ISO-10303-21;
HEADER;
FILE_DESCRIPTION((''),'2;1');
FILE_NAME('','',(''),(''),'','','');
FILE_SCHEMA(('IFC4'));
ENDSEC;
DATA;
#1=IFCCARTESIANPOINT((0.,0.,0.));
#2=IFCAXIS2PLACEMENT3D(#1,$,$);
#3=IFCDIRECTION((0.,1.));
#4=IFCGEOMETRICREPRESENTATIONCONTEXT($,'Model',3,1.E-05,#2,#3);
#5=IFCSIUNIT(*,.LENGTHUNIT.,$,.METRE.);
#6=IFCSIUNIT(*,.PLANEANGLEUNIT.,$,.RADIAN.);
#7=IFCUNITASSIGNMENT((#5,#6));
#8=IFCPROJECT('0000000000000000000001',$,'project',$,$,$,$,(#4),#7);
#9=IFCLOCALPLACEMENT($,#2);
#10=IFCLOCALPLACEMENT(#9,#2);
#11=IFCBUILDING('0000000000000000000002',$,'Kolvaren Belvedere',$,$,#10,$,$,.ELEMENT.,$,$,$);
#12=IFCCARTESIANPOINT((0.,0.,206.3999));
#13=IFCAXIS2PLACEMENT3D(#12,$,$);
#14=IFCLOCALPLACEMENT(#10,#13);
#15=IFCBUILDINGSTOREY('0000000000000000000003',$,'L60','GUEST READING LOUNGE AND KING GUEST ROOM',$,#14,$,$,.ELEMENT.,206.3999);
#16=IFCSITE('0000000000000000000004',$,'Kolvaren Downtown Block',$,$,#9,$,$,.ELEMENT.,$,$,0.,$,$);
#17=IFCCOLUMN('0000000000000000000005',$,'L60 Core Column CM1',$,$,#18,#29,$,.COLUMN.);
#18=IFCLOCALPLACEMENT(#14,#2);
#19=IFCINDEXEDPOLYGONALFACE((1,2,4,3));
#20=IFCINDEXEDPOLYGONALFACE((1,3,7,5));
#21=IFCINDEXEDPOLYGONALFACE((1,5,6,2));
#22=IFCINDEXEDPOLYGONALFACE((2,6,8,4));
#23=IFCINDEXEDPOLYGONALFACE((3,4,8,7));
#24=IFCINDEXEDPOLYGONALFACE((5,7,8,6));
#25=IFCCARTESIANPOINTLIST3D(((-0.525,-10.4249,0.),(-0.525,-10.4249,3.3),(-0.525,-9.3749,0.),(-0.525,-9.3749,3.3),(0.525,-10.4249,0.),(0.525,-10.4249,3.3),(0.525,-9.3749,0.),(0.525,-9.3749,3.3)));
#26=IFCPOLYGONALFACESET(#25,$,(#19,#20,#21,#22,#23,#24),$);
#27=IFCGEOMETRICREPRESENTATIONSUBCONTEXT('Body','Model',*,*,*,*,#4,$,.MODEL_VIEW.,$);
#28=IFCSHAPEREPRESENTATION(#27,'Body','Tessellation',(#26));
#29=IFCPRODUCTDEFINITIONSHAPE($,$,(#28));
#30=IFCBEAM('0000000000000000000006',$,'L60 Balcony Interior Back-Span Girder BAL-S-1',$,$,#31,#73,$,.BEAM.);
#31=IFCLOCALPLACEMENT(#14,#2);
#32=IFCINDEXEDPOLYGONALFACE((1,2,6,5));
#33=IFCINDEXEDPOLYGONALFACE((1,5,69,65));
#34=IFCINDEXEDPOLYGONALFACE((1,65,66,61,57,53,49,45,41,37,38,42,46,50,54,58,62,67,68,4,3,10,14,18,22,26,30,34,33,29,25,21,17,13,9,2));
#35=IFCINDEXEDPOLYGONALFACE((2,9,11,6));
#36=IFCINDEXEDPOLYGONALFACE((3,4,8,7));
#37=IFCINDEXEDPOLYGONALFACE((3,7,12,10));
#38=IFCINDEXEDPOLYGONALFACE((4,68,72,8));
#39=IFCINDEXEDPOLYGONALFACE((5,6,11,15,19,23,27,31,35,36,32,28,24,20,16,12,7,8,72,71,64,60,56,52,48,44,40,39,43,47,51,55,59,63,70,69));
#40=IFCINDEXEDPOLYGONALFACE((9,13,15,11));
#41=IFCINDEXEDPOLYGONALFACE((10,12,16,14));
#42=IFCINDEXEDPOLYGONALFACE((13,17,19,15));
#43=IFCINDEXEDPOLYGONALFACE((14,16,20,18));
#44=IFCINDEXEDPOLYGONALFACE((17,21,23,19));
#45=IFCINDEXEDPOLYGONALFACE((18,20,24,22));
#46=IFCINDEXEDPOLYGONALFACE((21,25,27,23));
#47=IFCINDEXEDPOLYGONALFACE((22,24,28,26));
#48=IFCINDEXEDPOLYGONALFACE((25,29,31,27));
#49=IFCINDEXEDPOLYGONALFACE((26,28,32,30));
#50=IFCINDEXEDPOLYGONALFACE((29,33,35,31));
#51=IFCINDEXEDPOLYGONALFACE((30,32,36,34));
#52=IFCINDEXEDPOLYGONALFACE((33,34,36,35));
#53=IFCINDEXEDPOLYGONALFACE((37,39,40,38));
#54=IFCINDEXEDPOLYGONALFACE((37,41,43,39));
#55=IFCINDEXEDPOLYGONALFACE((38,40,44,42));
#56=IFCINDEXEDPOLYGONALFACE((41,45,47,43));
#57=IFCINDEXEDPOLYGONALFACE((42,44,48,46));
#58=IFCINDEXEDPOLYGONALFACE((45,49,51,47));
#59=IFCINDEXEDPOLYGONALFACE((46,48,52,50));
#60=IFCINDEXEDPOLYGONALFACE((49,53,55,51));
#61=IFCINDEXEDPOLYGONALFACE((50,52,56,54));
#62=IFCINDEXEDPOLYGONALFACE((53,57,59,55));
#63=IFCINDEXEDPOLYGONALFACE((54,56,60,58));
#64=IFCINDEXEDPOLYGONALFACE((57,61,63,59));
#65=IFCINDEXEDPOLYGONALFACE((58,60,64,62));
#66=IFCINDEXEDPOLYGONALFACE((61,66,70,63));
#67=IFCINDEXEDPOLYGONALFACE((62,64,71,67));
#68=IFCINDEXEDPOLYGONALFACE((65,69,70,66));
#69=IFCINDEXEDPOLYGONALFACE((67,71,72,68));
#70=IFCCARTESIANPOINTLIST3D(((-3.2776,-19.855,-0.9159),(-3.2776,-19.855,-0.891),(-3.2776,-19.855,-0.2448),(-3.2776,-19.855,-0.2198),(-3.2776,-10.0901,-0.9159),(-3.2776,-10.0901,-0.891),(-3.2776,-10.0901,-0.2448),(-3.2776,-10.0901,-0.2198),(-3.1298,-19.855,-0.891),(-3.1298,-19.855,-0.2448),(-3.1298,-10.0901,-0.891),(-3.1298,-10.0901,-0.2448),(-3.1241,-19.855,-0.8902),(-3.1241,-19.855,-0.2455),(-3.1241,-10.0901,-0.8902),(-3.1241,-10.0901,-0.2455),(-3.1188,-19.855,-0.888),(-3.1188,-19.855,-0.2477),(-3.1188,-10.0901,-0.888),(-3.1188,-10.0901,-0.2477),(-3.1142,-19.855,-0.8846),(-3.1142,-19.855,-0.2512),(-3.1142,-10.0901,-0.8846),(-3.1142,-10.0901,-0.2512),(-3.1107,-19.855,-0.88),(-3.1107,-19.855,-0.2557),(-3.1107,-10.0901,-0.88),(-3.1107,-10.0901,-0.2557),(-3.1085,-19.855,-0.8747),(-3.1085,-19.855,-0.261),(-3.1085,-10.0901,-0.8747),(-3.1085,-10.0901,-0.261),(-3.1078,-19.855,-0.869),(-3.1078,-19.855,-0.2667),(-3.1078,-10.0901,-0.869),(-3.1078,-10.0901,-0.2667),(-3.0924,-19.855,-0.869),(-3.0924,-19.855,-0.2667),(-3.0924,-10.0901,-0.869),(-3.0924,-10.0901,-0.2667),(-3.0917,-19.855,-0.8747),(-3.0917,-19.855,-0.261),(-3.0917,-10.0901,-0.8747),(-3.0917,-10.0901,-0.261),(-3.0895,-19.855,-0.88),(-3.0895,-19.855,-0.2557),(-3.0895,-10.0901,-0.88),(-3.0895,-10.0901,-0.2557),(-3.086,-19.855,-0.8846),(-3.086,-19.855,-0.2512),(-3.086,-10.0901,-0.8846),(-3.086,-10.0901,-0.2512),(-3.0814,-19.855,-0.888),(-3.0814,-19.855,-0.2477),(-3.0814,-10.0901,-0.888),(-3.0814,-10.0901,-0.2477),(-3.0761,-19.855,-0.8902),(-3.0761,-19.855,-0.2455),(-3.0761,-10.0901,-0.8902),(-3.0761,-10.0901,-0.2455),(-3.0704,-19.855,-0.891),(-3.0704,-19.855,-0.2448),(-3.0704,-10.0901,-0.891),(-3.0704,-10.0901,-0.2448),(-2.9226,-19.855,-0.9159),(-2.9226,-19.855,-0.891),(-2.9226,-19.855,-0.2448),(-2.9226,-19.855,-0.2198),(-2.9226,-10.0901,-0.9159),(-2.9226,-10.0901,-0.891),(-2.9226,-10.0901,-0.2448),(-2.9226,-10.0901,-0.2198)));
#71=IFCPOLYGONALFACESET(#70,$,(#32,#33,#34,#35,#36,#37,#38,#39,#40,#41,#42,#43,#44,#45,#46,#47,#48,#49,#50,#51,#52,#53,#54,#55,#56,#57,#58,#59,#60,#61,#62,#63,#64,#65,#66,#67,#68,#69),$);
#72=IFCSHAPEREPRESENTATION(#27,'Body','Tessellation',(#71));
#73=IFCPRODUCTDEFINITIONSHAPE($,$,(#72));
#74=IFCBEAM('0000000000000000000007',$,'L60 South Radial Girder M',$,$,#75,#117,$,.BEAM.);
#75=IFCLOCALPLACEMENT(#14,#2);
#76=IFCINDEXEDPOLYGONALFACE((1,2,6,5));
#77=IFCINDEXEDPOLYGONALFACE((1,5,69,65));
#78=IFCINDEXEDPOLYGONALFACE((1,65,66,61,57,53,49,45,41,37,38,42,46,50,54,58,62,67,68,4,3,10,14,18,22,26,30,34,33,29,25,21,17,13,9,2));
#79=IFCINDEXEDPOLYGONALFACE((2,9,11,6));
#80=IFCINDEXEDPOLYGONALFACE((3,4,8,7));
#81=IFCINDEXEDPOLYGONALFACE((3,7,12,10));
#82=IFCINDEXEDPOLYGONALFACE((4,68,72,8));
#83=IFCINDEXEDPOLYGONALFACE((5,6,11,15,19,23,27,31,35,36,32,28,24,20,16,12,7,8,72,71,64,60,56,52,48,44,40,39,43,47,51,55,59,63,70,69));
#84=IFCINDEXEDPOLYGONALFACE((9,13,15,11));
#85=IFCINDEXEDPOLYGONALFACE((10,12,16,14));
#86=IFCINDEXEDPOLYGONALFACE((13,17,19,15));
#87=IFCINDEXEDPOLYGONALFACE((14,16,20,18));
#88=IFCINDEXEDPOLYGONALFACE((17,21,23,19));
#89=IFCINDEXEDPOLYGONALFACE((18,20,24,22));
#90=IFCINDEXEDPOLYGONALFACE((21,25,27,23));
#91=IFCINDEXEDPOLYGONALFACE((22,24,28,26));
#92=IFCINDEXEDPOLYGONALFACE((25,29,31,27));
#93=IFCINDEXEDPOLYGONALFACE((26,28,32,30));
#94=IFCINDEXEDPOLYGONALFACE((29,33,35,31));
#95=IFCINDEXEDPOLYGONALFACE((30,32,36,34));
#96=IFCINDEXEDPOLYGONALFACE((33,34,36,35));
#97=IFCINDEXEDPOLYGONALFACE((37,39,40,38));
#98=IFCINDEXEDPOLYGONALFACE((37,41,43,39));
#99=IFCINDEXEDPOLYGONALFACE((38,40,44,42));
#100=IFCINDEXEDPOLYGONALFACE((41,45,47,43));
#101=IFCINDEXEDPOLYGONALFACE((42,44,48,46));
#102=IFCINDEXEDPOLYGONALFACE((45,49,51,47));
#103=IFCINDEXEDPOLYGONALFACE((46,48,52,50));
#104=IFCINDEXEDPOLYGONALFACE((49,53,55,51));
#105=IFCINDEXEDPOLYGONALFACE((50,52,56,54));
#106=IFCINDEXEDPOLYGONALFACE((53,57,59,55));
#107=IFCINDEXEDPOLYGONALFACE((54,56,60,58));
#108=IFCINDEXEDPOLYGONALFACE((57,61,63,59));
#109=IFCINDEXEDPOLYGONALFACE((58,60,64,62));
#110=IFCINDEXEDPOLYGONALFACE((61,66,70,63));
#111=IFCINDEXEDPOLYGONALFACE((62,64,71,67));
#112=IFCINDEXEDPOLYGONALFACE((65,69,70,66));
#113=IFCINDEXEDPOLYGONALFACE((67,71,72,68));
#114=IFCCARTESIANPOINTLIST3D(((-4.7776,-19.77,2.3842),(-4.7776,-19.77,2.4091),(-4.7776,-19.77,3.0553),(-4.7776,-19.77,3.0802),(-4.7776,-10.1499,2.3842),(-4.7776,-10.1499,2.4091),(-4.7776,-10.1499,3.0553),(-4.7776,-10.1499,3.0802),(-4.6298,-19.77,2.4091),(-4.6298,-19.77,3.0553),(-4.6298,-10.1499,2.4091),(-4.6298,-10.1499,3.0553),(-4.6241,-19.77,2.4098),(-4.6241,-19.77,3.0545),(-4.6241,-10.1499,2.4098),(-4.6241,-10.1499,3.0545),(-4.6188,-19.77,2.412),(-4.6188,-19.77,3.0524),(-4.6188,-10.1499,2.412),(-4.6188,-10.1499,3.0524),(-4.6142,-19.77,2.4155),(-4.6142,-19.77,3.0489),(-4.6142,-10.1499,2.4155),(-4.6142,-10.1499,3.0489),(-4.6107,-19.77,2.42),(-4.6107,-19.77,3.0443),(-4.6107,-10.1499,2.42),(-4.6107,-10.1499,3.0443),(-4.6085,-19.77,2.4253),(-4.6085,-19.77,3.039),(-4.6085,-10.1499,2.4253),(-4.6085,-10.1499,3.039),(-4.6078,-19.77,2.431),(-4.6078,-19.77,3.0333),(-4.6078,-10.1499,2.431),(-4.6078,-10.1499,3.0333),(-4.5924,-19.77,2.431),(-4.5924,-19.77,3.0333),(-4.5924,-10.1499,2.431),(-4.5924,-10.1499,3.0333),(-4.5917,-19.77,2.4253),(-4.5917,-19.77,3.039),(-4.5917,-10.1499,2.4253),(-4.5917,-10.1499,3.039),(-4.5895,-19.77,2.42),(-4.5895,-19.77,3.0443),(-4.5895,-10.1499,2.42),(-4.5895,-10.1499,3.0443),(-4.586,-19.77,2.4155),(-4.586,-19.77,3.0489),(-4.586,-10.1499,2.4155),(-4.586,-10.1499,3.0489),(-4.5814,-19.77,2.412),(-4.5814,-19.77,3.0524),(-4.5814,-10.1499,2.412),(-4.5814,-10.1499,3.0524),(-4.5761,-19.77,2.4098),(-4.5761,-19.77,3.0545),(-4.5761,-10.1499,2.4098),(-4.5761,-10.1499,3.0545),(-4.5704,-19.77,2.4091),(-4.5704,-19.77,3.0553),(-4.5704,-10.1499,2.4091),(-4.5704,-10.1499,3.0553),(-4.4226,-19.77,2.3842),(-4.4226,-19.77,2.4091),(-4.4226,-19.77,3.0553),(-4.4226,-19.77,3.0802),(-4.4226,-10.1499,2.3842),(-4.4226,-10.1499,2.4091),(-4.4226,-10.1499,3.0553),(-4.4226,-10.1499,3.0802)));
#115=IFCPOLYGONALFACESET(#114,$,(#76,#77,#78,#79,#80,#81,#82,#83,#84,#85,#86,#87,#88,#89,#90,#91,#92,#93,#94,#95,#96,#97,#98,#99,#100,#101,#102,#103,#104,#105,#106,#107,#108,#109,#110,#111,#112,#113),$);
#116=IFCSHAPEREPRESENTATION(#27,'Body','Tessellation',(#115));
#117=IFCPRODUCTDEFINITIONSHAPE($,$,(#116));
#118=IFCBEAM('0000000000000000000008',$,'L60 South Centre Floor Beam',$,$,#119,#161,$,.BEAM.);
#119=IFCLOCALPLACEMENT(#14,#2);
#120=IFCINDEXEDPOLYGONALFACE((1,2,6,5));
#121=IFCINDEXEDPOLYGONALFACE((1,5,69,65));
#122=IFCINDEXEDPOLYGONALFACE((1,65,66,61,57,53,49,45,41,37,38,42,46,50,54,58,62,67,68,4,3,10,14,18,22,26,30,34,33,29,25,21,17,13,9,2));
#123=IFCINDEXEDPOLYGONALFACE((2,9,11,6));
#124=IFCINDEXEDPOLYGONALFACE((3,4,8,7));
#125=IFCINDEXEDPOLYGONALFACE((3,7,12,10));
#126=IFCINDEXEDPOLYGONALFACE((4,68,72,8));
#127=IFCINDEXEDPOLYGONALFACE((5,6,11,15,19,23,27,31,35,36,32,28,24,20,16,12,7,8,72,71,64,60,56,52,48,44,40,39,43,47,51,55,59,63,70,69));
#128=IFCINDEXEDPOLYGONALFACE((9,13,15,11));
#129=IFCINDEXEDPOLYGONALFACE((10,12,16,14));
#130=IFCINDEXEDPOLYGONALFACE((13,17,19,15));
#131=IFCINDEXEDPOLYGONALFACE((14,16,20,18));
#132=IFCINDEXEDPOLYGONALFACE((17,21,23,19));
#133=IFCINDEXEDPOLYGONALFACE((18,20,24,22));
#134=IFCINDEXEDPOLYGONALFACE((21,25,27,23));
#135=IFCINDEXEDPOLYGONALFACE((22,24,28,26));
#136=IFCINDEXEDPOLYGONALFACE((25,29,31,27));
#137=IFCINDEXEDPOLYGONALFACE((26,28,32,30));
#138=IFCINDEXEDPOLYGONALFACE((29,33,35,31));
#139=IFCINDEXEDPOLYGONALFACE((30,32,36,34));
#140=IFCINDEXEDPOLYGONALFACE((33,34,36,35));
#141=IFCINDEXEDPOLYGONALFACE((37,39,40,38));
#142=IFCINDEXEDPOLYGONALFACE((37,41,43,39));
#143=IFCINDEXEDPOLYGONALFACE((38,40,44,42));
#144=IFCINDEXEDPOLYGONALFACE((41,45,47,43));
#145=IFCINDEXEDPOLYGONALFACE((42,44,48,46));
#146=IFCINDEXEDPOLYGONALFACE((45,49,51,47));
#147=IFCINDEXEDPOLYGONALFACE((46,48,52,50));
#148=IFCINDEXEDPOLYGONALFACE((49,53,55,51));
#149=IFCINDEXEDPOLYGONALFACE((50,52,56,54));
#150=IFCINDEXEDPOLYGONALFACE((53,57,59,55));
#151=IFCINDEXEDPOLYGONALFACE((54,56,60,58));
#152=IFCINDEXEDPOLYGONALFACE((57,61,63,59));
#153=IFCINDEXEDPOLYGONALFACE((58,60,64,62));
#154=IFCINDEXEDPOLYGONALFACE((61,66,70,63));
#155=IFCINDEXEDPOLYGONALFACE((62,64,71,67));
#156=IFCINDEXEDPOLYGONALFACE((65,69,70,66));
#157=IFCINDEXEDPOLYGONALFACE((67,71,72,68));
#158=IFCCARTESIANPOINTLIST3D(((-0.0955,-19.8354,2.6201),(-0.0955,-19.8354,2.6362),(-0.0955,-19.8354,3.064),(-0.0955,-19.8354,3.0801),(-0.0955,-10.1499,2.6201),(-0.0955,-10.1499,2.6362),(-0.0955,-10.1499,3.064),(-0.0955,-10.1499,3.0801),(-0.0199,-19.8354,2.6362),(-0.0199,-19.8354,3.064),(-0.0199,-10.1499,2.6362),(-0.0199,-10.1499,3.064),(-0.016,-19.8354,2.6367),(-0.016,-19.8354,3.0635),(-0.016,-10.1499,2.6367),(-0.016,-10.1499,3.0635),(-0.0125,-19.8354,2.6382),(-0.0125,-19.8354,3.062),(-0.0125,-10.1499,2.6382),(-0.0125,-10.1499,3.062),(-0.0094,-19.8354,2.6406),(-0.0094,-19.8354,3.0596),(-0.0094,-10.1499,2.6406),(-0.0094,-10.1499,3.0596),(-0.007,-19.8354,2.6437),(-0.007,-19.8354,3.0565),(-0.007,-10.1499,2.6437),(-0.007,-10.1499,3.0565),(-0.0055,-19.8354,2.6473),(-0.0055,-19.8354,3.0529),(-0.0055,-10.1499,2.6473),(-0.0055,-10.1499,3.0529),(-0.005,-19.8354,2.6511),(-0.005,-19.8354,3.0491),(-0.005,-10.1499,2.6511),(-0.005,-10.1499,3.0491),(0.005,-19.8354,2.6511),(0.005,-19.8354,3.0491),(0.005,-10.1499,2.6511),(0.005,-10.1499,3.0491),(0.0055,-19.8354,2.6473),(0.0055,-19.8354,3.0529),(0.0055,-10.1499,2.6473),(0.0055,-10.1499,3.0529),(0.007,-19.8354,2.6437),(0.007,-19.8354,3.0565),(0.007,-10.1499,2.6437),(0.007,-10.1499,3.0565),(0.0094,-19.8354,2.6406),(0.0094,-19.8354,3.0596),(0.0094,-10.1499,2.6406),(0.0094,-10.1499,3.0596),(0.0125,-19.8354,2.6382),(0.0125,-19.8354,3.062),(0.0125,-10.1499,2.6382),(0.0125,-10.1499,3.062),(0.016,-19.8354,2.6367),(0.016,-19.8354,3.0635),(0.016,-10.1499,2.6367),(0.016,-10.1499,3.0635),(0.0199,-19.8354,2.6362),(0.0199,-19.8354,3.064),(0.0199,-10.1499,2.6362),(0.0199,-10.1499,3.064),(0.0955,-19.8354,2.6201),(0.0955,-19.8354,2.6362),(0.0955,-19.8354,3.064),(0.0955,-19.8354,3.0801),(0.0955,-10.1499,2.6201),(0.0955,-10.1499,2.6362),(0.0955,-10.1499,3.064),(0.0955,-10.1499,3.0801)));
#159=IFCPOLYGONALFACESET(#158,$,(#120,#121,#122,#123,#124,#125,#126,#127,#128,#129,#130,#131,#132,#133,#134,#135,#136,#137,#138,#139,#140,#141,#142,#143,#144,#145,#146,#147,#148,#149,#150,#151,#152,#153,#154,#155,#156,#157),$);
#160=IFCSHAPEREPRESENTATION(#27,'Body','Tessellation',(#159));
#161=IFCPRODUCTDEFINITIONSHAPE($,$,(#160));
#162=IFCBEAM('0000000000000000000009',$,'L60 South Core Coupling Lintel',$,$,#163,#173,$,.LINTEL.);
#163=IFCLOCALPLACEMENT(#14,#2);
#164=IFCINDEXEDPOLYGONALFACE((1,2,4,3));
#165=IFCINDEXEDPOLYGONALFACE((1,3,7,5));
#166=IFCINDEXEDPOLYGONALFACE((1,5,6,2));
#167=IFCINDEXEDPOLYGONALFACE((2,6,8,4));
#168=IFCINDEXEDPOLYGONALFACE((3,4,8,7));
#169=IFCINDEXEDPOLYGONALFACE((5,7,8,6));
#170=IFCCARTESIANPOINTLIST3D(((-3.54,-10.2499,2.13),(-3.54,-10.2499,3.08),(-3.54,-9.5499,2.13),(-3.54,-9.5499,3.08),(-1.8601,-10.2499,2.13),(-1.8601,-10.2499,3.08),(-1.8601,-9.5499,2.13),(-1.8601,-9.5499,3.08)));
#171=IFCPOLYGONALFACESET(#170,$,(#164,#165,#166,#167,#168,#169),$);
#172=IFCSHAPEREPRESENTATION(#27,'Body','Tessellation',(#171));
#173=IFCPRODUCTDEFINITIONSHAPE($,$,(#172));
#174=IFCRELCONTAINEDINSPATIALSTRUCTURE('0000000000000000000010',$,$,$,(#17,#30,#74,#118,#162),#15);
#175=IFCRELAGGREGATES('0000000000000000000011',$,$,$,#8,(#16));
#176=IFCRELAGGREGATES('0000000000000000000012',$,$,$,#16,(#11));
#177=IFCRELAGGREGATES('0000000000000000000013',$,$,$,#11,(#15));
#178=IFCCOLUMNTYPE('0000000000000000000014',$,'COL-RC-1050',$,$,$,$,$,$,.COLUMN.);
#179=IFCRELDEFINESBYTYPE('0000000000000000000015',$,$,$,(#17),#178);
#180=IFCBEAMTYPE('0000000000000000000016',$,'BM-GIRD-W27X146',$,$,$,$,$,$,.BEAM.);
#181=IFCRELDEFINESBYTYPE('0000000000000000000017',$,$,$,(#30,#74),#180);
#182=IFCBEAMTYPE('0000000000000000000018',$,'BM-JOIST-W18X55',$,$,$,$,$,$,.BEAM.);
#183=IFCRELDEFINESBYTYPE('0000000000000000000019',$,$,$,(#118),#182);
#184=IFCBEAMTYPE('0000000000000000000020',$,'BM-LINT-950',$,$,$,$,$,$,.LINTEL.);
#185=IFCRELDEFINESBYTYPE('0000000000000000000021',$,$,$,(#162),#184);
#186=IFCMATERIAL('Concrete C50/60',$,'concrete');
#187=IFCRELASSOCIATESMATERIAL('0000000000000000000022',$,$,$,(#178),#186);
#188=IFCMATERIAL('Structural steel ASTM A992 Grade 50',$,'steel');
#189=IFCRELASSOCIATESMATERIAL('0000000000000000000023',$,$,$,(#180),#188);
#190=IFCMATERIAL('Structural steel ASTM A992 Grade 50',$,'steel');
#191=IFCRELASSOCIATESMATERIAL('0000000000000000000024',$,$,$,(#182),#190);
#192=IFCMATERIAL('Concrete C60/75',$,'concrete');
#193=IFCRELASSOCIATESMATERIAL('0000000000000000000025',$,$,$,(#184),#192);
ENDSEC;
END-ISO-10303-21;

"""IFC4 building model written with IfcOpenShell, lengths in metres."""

from ifc_helpers import new_model, si_unit, direction, frame, origin, origin_2d, place, context, subcontext, project, spatial, rectangle, i_section, extrude, material, material_profile, profile_set, type_object, element, save


model = new_model("IFC4")

# Units and contexts
model_context = context("Model", 3, precision=1e-05, world=origin(), true_north=direction((0.0, 1.0)))
body_context = subcontext(model_context, "Body", "Model", "MODEL_VIEW")
ifc_project = project(units=[si_unit("LENGTHUNIT", "METRE"), si_unit("PLANEANGLEUNIT", "RADIAN")], contexts=[model_context])

# Site, building, storey
site_placement = place(None, origin())
site = spatial("IfcSite", under=ifc_project, at=site_placement, Name="Kolvaren Downtown Block", CompositionType="ELEMENT", RefElevation=0.0)
building_placement = place(site_placement, origin())
building = spatial("IfcBuilding", under=site, at=building_placement, Name="Kolvaren Belvedere", CompositionType="ELEMENT")
storey_placement = place(building_placement, frame((0.0, 0.0, 206.3999)))
storey = spatial("IfcBuildingStorey", under=building, at=storey_placement, Name="L60", Description="GUEST READING LOUNGE AND KING GUEST ROOM", CompositionType="ELEMENT", Elevation=206.3999)

# Column
ifc_material_1 = material(Name="Concrete C50/60", Category="concrete")
ifc_material_profile_1 = material_profile(ifc_material_1, rectangle(XDim=1.05, YDim=1.05, at=origin_2d()), Name="RC 1050X1050")
ifc_profile_set_1 = profile_set([ifc_material_profile_1], Name="Concrete C50/60")
column_type = type_object("IfcColumnType", Name="COL-RC-1050", PredefinedType="COLUMN", material=ifc_profile_set_1)
column_placement = place(storey_placement, frame((0.0, -9.8999, 0.0), z_axis=(0.0, 0.0, 1.0), x_axis=(1.0, 0.0, 0.0)))
element("IfcColumn", 1, at=column_placement, inside=storey, type_object=column_type, Name="L60 Core Column CM1", PredefinedType="COLUMN", context=body_context, shape_type="SweptSolid", body=[
    extrude(rectangle(XDim=1.05, YDim=1.05, at=origin_2d()), origin(), (0.0, 0.0, 1.0), 3.3),
])

# Beams
ifc_material_2 = material(Name="Structural steel ASTM A992 Grade 50", Category="steel")
ifc_material_profile_2 = material_profile(ifc_material_2, i_section(OverallWidth=0.355, OverallDepth=0.696, WebThickness=0.0154, FlangeThickness=0.0249, FilletRadius=0.022, at=origin_2d()), Name="W27X146")
ifc_profile_set_2 = profile_set([ifc_material_profile_2], Name="Structural steel ASTM A992 Grade 50")
beam_type_1 = type_object("IfcBeamType", Name="BM-GIRD-W27X146", PredefinedType="BEAM", material=ifc_profile_set_2)
beam_1_placement = place(storey_placement, frame((-3.1001, -10.0901, -0.5679), z_axis=(0.0, -1.0, 0.0), x_axis=(1.0, 0.0, 0.0)))
element("IfcBeam", 2, at=beam_1_placement, inside=storey, type_object=beam_type_1, Name="L60 Balcony Interior Back-Span Girder BAL-S-1", PredefinedType="BEAM", context=body_context, shape_type="SweptSolid", body=[
    extrude(i_section(OverallWidth=0.355, OverallDepth=0.696, WebThickness=0.0154, FlangeThickness=0.0249, FilletRadius=0.022, at=origin_2d()), origin(), (0.0, 0.0, 1.0), 9.7649),
])
beam_2_placement = place(storey_placement, frame((-4.6001, -10.1499, 2.7322), z_axis=(0.0, -1.0, 0.0), x_axis=(1.0, 0.0, 0.0)))
element("IfcBeam", 3, at=beam_2_placement, inside=storey, type_object=beam_type_1, Name="L60 South Radial Girder M", PredefinedType="BEAM", context=body_context, shape_type="SweptSolid", body=[
    extrude(i_section(OverallWidth=0.355, OverallDepth=0.696, WebThickness=0.0154, FlangeThickness=0.0249, FilletRadius=0.022, at=origin_2d()), origin(), (0.0, 0.0, 1.0), 9.6201),
])
ifc_material_3 = material(Name="Structural steel ASTM A992 Grade 50", Category="steel")
ifc_material_profile_3 = material_profile(ifc_material_3, i_section(OverallWidth=0.1909, OverallDepth=0.46, WebThickness=0.01, FlangeThickness=0.0161, FilletRadius=0.0149, at=origin_2d()), Name="W18X55")
ifc_profile_set_3 = profile_set([ifc_material_profile_3], Name="Structural steel ASTM A992 Grade 50")
beam_type_2 = type_object("IfcBeamType", Name="BM-JOIST-W18X55", PredefinedType="BEAM", material=ifc_profile_set_3)
beam_3_placement = place(storey_placement, frame((0.0, -10.1499, 2.8501), z_axis=(0.0, -1.0, 0.0), x_axis=(1.0, 0.0, 0.0)))
element("IfcBeam", 4, at=beam_3_placement, inside=storey, type_object=beam_type_2, Name="L60 South Centre Floor Beam", PredefinedType="BEAM", context=body_context, shape_type="SweptSolid", body=[
    extrude(i_section(OverallWidth=0.1909, OverallDepth=0.46, WebThickness=0.01, FlangeThickness=0.0161, FilletRadius=0.0149, at=origin_2d()), origin(), (0.0, 0.0, 1.0), 9.6855),
])
ifc_material_4 = material(Name="Concrete C60/75", Category="concrete")
ifc_material_profile_4 = material_profile(ifc_material_4, rectangle(XDim=0.7, YDim=0.95, at=origin_2d()), Name="RC 700X950")
ifc_profile_set_4 = profile_set([ifc_material_profile_4], Name="Concrete C60/75")
beam_type_3 = type_object("IfcBeamType", Name="BM-LINT-950", PredefinedType="LINTEL", material=ifc_profile_set_4)
beam_4_placement = place(storey_placement, frame((-3.54, -9.8999, 2.605), z_axis=(1.0, 0.0, 0.0), x_axis=(0.0, 1.0, 0.0)))
element("IfcBeam", 5, at=beam_4_placement, inside=storey, type_object=beam_type_3, Name="L60 South Core Coupling Lintel", PredefinedType="LINTEL", context=body_context, shape_type="SweptSolid", body=[
    extrude(rectangle(XDim=0.7, YDim=0.95, at=origin_2d()), origin(), (0.0, 0.0, 1.0), 1.6799),
])

save(model, "model.ifc")
